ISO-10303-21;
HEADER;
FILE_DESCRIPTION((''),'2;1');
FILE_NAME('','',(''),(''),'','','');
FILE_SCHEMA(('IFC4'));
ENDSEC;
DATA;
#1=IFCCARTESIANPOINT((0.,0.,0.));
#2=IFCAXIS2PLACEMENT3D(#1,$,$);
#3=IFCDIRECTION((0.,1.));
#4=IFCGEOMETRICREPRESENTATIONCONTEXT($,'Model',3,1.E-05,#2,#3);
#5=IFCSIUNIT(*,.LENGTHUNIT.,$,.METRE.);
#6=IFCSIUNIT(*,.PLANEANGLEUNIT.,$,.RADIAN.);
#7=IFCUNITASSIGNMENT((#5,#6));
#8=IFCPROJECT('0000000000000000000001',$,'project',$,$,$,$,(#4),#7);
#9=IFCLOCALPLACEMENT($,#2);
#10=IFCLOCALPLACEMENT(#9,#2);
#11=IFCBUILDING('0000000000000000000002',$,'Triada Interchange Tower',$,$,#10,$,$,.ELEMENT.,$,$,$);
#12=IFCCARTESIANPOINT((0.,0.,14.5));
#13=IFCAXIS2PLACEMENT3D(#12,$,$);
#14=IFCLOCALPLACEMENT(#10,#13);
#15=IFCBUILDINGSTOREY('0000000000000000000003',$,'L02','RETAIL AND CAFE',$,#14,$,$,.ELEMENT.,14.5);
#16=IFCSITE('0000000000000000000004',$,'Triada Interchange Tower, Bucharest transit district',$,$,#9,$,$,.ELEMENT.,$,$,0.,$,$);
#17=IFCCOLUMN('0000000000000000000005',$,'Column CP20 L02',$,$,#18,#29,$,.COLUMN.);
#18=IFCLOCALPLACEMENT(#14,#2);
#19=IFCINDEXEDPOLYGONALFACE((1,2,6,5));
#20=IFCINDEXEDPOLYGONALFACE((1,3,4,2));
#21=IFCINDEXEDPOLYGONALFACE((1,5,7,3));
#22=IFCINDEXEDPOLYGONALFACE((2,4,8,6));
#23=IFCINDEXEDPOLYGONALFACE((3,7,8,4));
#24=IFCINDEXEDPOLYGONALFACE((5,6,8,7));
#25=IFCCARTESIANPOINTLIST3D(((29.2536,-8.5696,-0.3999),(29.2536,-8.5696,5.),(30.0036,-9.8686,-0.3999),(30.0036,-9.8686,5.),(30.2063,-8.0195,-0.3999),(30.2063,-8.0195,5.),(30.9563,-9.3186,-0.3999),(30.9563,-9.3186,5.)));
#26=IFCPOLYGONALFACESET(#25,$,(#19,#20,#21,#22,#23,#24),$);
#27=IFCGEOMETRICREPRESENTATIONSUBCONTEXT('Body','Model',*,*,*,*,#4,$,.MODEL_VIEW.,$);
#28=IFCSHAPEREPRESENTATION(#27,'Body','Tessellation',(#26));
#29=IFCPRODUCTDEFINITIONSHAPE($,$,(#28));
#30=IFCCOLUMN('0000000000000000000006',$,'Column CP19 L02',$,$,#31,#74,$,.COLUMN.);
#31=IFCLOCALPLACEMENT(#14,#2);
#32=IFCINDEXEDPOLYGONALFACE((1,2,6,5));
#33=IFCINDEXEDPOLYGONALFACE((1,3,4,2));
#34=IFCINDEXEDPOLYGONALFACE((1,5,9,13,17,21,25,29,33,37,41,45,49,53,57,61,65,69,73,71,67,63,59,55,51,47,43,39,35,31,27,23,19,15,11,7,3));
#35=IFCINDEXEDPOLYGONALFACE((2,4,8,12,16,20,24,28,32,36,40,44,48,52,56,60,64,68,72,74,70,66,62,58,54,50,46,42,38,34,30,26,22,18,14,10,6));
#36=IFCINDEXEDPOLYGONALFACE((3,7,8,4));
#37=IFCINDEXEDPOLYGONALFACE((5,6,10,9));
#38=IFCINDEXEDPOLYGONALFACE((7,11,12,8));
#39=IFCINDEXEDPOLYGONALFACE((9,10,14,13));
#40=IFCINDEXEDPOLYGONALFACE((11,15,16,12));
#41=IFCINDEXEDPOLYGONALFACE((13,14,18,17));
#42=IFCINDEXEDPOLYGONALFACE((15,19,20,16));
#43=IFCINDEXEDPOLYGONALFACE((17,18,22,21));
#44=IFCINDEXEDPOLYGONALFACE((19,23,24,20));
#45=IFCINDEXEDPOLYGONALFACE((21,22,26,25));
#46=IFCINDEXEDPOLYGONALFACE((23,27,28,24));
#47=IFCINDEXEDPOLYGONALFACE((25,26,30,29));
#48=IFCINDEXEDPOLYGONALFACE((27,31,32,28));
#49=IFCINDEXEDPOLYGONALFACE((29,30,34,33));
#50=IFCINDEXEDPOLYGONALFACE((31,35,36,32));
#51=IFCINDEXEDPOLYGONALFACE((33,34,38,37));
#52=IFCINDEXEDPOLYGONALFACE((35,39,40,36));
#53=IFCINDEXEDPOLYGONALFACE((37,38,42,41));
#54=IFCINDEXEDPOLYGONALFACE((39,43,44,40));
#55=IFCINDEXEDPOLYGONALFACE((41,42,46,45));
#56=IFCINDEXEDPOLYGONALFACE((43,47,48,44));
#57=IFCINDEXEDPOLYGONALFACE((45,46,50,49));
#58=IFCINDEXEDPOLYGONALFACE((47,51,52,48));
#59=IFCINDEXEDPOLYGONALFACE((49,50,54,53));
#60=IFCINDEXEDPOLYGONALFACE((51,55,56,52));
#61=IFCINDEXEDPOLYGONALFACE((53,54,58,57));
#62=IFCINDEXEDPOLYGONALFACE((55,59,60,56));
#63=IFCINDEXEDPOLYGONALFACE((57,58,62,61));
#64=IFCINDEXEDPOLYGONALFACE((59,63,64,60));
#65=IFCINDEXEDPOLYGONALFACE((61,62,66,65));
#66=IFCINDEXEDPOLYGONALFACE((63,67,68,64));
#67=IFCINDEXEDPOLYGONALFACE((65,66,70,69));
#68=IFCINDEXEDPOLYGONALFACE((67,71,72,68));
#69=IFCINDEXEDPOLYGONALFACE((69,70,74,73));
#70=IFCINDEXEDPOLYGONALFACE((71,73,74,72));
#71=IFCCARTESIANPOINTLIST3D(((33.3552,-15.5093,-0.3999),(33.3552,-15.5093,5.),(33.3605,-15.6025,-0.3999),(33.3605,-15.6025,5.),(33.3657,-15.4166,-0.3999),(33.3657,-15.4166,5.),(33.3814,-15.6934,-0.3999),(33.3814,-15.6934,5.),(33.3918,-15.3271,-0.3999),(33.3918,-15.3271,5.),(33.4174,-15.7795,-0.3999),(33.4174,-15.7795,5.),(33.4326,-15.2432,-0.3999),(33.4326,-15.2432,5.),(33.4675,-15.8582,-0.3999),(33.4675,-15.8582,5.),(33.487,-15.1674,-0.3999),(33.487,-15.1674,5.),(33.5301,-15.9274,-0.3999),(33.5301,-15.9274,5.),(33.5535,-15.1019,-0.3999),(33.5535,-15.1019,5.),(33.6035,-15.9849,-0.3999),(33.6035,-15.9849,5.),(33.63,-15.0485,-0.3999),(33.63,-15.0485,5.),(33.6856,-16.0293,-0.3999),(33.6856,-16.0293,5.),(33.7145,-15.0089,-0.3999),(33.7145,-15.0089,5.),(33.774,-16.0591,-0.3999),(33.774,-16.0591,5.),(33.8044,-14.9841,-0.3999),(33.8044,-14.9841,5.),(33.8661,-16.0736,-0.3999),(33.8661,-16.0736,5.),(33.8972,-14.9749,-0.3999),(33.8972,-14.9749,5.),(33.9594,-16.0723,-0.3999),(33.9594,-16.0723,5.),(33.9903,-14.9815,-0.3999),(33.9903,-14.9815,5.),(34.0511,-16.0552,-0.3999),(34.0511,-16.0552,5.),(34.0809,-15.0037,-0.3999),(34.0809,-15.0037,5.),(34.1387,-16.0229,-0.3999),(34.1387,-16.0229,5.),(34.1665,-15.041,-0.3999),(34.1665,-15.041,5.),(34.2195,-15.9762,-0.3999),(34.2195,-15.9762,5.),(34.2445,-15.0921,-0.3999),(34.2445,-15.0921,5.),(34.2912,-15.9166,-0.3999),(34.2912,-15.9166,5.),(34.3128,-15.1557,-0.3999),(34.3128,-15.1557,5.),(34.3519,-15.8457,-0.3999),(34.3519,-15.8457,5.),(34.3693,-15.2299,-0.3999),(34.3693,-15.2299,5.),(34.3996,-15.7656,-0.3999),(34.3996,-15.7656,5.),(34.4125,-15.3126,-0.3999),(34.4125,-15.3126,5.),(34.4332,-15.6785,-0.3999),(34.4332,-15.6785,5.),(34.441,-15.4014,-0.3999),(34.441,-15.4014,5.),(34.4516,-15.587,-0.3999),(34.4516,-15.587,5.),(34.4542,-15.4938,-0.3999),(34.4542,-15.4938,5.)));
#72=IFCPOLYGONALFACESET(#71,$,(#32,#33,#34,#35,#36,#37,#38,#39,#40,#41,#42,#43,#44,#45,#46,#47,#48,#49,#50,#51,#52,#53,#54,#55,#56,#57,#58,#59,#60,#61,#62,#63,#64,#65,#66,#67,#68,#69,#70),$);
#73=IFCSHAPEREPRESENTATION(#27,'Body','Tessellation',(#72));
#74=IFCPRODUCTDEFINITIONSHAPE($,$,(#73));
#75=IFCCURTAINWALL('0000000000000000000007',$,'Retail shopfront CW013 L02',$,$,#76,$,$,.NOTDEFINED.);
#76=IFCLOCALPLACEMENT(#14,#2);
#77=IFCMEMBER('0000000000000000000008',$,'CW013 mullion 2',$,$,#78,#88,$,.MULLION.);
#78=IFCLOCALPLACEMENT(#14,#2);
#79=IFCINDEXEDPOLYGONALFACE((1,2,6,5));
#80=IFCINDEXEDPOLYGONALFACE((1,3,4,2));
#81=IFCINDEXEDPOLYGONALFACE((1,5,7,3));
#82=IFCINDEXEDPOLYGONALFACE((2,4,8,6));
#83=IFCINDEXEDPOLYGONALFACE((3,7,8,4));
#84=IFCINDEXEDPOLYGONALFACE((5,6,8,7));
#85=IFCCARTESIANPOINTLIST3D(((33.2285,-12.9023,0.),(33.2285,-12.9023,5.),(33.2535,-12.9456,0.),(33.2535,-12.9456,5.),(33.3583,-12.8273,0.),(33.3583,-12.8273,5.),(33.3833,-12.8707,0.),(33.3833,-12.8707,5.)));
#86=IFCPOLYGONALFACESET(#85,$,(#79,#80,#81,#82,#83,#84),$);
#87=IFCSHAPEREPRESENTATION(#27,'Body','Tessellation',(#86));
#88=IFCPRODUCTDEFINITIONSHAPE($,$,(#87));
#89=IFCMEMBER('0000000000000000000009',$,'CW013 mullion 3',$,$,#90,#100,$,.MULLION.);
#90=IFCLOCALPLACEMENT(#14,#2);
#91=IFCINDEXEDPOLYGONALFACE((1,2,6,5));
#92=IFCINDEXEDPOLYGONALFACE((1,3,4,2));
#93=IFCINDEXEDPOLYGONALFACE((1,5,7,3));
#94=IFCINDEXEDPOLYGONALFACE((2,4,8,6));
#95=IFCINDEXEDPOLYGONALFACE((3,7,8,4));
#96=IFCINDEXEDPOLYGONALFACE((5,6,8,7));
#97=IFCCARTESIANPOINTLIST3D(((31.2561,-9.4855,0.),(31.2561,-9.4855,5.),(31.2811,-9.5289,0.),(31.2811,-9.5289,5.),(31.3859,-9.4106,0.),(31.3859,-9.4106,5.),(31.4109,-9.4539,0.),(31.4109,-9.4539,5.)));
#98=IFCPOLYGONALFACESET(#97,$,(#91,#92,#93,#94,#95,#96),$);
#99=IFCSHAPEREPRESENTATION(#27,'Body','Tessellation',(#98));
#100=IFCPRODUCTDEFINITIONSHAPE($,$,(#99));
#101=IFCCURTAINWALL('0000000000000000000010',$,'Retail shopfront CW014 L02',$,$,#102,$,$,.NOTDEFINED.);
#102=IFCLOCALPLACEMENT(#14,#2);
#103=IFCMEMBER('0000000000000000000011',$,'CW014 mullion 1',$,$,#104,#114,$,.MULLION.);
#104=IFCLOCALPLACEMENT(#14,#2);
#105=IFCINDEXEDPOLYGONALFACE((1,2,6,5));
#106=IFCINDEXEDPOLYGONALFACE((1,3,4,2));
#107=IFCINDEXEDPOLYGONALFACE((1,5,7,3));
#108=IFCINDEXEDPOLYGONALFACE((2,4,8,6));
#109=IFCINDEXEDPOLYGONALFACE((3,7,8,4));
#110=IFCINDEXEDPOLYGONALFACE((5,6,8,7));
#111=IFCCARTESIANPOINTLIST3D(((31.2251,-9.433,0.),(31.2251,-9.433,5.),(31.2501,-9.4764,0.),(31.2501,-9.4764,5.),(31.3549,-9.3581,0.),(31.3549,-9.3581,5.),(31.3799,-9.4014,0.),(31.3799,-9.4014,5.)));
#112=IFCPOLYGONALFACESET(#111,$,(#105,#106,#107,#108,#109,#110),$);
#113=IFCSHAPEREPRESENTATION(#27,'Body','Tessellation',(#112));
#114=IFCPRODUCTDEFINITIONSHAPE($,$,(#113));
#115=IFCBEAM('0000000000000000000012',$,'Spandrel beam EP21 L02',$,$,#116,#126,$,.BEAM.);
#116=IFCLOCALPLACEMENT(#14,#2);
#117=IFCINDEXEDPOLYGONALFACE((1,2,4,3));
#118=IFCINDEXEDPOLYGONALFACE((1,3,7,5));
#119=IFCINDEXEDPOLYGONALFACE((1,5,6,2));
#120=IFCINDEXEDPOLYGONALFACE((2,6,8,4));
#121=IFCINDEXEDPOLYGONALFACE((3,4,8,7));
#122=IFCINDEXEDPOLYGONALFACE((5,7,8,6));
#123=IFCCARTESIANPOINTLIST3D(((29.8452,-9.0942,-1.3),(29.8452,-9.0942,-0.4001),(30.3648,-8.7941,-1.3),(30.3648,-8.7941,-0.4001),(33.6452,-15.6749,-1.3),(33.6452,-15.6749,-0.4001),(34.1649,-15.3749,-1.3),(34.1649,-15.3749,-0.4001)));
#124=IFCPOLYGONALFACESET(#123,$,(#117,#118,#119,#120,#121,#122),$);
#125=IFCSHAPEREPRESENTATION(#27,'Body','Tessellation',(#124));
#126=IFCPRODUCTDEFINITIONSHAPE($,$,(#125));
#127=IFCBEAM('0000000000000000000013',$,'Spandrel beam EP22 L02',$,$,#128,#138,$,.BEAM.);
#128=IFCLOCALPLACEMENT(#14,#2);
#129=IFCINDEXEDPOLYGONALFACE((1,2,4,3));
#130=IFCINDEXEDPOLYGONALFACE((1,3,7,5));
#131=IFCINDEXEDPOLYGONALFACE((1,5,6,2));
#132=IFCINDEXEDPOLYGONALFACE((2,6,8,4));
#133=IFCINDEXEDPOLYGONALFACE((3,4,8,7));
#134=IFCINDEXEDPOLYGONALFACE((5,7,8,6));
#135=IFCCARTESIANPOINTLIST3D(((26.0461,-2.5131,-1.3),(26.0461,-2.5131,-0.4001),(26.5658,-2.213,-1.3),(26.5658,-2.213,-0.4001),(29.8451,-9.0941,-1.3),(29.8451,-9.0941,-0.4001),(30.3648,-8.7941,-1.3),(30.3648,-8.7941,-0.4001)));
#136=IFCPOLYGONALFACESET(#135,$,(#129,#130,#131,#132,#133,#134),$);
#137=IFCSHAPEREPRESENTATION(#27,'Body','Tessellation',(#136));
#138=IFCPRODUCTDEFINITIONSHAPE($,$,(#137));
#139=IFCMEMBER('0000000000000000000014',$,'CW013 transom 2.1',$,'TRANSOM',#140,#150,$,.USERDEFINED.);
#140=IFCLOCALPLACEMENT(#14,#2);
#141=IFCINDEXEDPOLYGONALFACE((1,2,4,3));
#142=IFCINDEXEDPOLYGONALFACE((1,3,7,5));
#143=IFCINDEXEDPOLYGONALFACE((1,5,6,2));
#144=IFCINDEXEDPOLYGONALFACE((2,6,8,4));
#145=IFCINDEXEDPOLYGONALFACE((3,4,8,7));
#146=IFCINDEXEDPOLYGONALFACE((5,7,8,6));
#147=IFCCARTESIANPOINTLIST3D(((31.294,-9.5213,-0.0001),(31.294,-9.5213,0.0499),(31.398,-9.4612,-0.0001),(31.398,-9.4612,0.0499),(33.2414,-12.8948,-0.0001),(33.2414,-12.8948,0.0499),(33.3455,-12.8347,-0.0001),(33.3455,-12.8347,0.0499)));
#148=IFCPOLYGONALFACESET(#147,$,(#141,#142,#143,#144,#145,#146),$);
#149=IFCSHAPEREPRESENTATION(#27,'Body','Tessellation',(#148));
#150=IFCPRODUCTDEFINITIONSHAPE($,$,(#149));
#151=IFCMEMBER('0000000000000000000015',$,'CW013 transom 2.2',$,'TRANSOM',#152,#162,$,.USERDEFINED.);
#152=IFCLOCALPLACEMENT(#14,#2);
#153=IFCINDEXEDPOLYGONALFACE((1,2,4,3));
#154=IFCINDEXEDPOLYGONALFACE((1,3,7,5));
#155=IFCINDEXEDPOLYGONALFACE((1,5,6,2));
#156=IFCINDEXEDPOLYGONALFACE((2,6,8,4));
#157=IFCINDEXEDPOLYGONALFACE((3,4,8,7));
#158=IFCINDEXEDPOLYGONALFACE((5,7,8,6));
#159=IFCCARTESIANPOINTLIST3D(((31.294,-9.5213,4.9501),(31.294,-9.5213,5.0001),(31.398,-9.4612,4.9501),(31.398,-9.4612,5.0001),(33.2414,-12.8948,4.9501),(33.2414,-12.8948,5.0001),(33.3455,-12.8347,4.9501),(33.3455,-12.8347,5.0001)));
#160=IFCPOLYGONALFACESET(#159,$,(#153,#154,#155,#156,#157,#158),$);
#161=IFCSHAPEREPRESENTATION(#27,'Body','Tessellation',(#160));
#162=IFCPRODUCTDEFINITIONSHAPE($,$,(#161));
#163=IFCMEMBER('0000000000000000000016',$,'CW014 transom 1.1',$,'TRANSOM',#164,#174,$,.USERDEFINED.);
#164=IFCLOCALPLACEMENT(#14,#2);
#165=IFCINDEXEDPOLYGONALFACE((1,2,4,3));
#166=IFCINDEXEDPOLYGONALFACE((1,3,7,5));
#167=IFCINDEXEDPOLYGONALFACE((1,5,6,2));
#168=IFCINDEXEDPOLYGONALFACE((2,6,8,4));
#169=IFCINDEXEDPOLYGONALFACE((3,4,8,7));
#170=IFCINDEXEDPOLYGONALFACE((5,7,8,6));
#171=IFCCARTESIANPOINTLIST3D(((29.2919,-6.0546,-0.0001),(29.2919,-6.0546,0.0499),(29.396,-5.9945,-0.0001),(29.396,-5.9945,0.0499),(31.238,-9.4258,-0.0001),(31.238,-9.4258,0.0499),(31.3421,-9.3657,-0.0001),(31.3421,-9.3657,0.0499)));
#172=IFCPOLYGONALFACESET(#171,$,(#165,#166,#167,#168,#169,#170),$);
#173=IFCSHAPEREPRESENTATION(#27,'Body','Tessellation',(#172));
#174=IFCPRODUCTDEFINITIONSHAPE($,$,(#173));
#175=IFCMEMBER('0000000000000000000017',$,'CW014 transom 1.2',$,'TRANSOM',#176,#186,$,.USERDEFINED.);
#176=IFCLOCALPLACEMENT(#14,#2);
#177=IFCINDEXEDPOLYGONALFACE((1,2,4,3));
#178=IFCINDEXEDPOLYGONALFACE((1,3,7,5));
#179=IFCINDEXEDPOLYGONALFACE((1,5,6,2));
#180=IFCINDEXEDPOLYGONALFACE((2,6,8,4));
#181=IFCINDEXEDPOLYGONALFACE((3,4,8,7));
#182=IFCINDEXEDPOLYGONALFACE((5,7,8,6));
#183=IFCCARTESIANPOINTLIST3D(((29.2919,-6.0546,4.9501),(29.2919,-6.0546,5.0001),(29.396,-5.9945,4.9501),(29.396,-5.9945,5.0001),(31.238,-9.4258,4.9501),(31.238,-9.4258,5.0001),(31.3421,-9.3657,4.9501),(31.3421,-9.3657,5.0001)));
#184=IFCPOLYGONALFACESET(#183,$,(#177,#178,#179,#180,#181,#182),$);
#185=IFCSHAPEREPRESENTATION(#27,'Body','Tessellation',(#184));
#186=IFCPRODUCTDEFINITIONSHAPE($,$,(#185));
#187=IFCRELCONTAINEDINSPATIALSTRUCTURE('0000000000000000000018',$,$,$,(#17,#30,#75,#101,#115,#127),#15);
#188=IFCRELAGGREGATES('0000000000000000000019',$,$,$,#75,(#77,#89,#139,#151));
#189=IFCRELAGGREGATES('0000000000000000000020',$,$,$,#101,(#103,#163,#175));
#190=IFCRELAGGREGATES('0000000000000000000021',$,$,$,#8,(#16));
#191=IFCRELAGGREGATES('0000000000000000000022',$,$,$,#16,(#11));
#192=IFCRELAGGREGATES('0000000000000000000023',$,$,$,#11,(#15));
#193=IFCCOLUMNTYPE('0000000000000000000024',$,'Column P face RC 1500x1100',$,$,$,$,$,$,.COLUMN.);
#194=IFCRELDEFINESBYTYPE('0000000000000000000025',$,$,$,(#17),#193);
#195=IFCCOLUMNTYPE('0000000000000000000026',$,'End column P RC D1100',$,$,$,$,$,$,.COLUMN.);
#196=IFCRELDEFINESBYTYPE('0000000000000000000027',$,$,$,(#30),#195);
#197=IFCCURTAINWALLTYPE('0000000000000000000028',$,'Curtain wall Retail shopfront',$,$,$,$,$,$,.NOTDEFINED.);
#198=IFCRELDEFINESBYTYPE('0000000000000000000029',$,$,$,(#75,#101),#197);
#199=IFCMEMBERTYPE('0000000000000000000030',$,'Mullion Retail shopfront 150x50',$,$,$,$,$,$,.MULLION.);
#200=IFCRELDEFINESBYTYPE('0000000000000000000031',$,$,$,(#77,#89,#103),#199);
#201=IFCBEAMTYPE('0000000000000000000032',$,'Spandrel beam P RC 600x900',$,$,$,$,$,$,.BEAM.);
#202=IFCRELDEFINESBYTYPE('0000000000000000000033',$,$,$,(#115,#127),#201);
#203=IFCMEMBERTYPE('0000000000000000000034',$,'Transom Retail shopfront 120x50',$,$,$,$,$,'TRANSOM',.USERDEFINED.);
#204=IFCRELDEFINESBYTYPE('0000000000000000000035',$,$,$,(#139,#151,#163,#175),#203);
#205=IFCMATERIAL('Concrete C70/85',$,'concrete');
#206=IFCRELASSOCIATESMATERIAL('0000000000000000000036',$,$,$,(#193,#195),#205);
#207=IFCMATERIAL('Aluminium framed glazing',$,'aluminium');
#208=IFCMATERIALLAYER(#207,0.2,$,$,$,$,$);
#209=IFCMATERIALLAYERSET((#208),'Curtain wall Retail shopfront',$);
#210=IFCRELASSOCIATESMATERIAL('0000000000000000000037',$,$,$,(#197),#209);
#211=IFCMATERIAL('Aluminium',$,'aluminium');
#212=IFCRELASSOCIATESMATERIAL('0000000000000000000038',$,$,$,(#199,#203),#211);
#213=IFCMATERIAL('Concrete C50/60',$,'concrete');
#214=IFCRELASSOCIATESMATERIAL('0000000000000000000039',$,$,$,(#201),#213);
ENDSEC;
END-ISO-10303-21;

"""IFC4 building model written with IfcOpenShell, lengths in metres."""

from ifc_helpers import new_model, si_unit, direction, frame, origin, origin_2d, place, context, subcontext, project, spatial, rectangle, circle, extrude, material, layer, layer_set, material_profile, profile_set, type_object, element, aggregate, save


model = new_model("IFC4")

# Units and contexts
model_context = context("Model", 3, precision=1e-05, world=origin(), true_north=direction((0.0, 1.0)))
body_context = subcontext(model_context, "Body", "Model", "MODEL_VIEW")
ifc_project = project(units=[si_unit("LENGTHUNIT", "METRE"), si_unit("PLANEANGLEUNIT", "RADIAN")], contexts=[model_context])

# Site, building, storey
site_placement = place(None, origin())
site = spatial("IfcSite", under=ifc_project, at=site_placement, Name="Triada Interchange Tower, Bucharest transit district", CompositionType="ELEMENT", RefElevation=0.0)
building_placement = place(site_placement, origin())
building = spatial("IfcBuilding", under=site, at=building_placement, Name="Triada Interchange Tower", CompositionType="ELEMENT")
storey_placement = place(building_placement, frame((0.0, 0.0, 14.5)))
storey = spatial("IfcBuildingStorey", under=building, at=storey_placement, Name="L02", Description="RETAIL AND CAFE", CompositionType="ELEMENT", Elevation=14.5)

# Columns
ifc_material_1 = material(Name="Concrete C70/85", Category="concrete")
ifc_material_profile_1 = material_profile(ifc_material_1, rectangle(XDim=1.5, YDim=1.1001, at=origin_2d()), Name="RC 1500x1100")
ifc_profile_set_1 = profile_set([ifc_material_profile_1], Name="Concrete C70/85")
column_type_1 = type_object("IfcColumnType", Name="Column P face RC 1500x1100", PredefinedType="COLUMN", material=ifc_profile_set_1)
column_1_placement = place(storey_placement, frame((30.105, -8.9441, -0.3999), z_axis=(0.0, 0.0, 1.0), x_axis=(-0.5, 0.866025, 0.0)))
element("IfcColumn", 1, at=column_1_placement, inside=storey, type_object=column_type_1, Name="Column CP20 L02", PredefinedType="COLUMN", context=body_context, shape_type="SweptSolid", body=[
    extrude(rectangle(XDim=1.5, YDim=1.1001, at=origin_2d()), origin(), (0.0, 0.0, 1.0), 5.3999),
])
ifc_material_profile_2 = material_profile(ifc_material_1, circle(Radius=0.55, at=origin_2d()), Name="RC D1100")
ifc_profile_set_2 = profile_set([ifc_material_profile_2], Name="Concrete C70/85")
column_type_2 = type_object("IfcColumnType", Name="End column P RC D1100", PredefinedType="COLUMN", material=ifc_profile_set_2)
column_2_placement = place(storey_placement, frame((33.905, -15.5249, -0.3999), z_axis=(0.0, 0.0, 1.0), x_axis=(-0.5, 0.866025, 0.0)))
element("IfcColumn", 2, at=column_2_placement, inside=storey, type_object=column_type_2, Name="Column CP19 L02", PredefinedType="COLUMN", context=body_context, shape_type="SweptSolid", body=[
    extrude(circle(Radius=0.55, at=origin_2d()), origin(), (0.0, 0.0, 1.0), 5.3999),
])

# Curtain wall, members
ifc_material_2 = material(Name="Aluminium framed glazing", Category="aluminium")
ifc_layer_1 = layer(ifc_material_2, 0.2)
ifc_layer_set_1 = layer_set([ifc_layer_1], Name="Curtain wall Retail shopfront")
curtain_wall_type = type_object("IfcCurtainWallType", Name="Curtain wall Retail shopfront", PredefinedType="NOTDEFINED", material=ifc_layer_set_1)
curtain_wall_1_placement = place(storey_placement, origin())
curtain_wall_1 = element("IfcCurtainWall", 3, at=curtain_wall_1_placement, inside=storey, type_object=curtain_wall_type, Name="Retail shopfront CW013 L02", PredefinedType="NOTDEFINED")
ifc_material_3 = material(Name="Aluminium", Category="aluminium")
ifc_material_profile_3 = material_profile(ifc_material_3, rectangle(XDim=0.1499, YDim=0.05, at=origin_2d()), Name="Aluminium mullion")
ifc_profile_set_3 = profile_set([ifc_material_profile_3], Name="Aluminium")
member_type_1 = type_object("IfcMemberType", Name="Mullion Retail shopfront 150x50", PredefinedType="MULLION", material=ifc_profile_set_3)
member_1_placement = place(storey_placement, frame((33.3059, -12.8865, 0.0), z_axis=(0.0, 0.0, 1.0), x_axis=(-0.866049, -0.499959, 0.0)))
member_1 = element("IfcMember", 4, at=member_1_placement, type_object=member_type_1, Name="CW013 mullion 2", PredefinedType="MULLION", context=body_context, shape_type="SweptSolid", body=[
    extrude(rectangle(XDim=0.1499, YDim=0.05, at=origin_2d()), origin(), (0.0, 0.0, 1.0), 5.0),
])
member_2_placement = place(storey_placement, frame((31.3335, -9.4697, 0.0), z_axis=(0.0, 0.0, 1.0), x_axis=(-0.866049, -0.499959, 0.0)))
member_2 = element("IfcMember", 5, at=member_2_placement, type_object=member_type_1, Name="CW013 mullion 3", PredefinedType="MULLION", context=body_context, shape_type="SweptSolid", body=[
    extrude(rectangle(XDim=0.1499, YDim=0.05, at=origin_2d()), origin(), (0.0, 0.0, 1.0), 5.0),
])

# Curtain wall, member
curtain_wall_2_placement = place(storey_placement, origin())
curtain_wall_2 = element("IfcCurtainWall", 6, at=curtain_wall_2_placement, inside=storey, type_object=curtain_wall_type, Name="Retail shopfront CW014 L02", PredefinedType="NOTDEFINED")
member_3_placement = place(storey_placement, frame((31.3025, -9.4172, 0.0), z_axis=(0.0, 0.0, 1.0), x_axis=(-0.866055, -0.499948, 0.0)))
member_3 = element("IfcMember", 7, at=member_3_placement, type_object=member_type_1, Name="CW014 mullion 1", PredefinedType="MULLION", context=body_context, shape_type="SweptSolid", body=[
    extrude(rectangle(XDim=0.1499, YDim=0.05, at=origin_2d()), origin(), (0.0, 0.0, 1.0), 5.0),
])

# Beams
ifc_material_4 = material(Name="Concrete C50/60", Category="concrete")
ifc_material_profile_4 = material_profile(ifc_material_4, rectangle(XDim=0.6001, YDim=0.8999, at=origin_2d()), Name="RC 600x900")
ifc_profile_set_4 = profile_set([ifc_material_profile_4], Name="Concrete C50/60")
beam_type_1 = type_object("IfcBeamType", Name="Spandrel beam P RC 600x900", PredefinedType="BEAM", material=ifc_profile_set_4)
beam_1_placement = place(storey_placement, frame((33.905, -15.5249, -0.8501), z_axis=(-0.500061, 0.86599, 0.0), x_axis=(-0.86599, -0.500061, 0.0)))
element("IfcBeam", 8, at=beam_1_placement, inside=storey, type_object=beam_type_1, Name="Spandrel beam EP21 L02", PredefinedType="BEAM", context=body_context, shape_type="SweptSolid", body=[
    extrude(rectangle(XDim=0.6001, YDim=0.8999, at=origin_2d()), origin(), (0.0, 0.0, 1.0), 7.5991),
])
beam_2_placement = place(storey_placement, frame((30.105, -8.9441, -0.8501), z_axis=(-0.499951, 0.866054, 0.0), x_axis=(-0.866054, -0.499951, 0.0)))
element("IfcBeam", 9, at=beam_2_placement, inside=storey, type_object=beam_type_1, Name="Spandrel beam EP22 L02", PredefinedType="BEAM", context=body_context, shape_type="SweptSolid", body=[
    extrude(rectangle(XDim=0.6001, YDim=0.8999, at=origin_2d()), origin(), (0.0, 0.0, 1.0), 7.5989),
])

# Members
ifc_material_profile_5 = material_profile(ifc_material_3, rectangle(XDim=0.1201, YDim=0.05, at=origin_2d()), Name="Aluminium transom")
ifc_profile_set_5 = profile_set([ifc_material_profile_5], Name="Aluminium")
member_type_2 = type_object("IfcMemberType", Name="Transom Retail shopfront 120x50", ElementType="TRANSOM", PredefinedType="USERDEFINED", material=ifc_profile_set_5)
member_4_placement = place(storey_placement, frame((33.2935, -12.8647, 0.0249), z_axis=(-0.499961, 0.866048, 0.0), x_axis=(-0.866048, -0.499961, 0.0)))
member_4 = element("IfcMember", 10, at=member_4_placement, type_object=member_type_2, Name="CW013 transom 2.1", ObjectType="TRANSOM", PredefinedType="USERDEFINED", context=body_context, shape_type="SweptSolid", body=[
    extrude(rectangle(XDim=0.1201, YDim=0.05, at=origin_2d()), origin(), (0.0, 0.0, 1.0), 3.8953),
])
member_5_placement = place(storey_placement, frame((33.2935, -12.8647, 4.9751), z_axis=(-0.499961, 0.866048, 0.0), x_axis=(-0.866048, -0.499961, 0.0)))
member_5 = element("IfcMember", 11, at=member_5_placement, type_object=member_type_2, Name="CW013 transom 2.2", ObjectType="TRANSOM", PredefinedType="USERDEFINED", context=body_context, shape_type="SweptSolid", body=[
    extrude(rectangle(XDim=0.1201, YDim=0.05, at=origin_2d()), origin(), (0.0, 0.0, 1.0), 3.8953),
])
member_6_placement = place(storey_placement, frame((31.29, -9.3958, 0.0249), z_axis=(-0.49995, 0.866054, 0.0), x_axis=(-0.866054, -0.49995, 0.0)))
member_6 = element("IfcMember", 12, at=member_6_placement, type_object=member_type_2, Name="CW014 transom 1.1", ObjectType="TRANSOM", PredefinedType="USERDEFINED", context=body_context, shape_type="SweptSolid", body=[
    extrude(rectangle(XDim=0.1201, YDim=0.05, at=origin_2d()), origin(), (0.0, 0.0, 1.0), 3.8926),
])
member_7_placement = place(storey_placement, frame((31.29, -9.3958, 4.9751), z_axis=(-0.49995, 0.866054, 0.0), x_axis=(-0.866054, -0.49995, 0.0)))
member_7 = element("IfcMember", 13, at=member_7_placement, type_object=member_type_2, Name="CW014 transom 1.2", ObjectType="TRANSOM", PredefinedType="USERDEFINED", context=body_context, shape_type="SweptSolid", body=[
    extrude(rectangle(XDim=0.1201, YDim=0.05, at=origin_2d()), origin(), (0.0, 0.0, 1.0), 3.8926),
])

aggregate(curtain_wall_1, [member_1, member_2, member_4, member_5])
aggregate(curtain_wall_2, [member_3, member_6, member_7])

save(model, "model.ifc")
